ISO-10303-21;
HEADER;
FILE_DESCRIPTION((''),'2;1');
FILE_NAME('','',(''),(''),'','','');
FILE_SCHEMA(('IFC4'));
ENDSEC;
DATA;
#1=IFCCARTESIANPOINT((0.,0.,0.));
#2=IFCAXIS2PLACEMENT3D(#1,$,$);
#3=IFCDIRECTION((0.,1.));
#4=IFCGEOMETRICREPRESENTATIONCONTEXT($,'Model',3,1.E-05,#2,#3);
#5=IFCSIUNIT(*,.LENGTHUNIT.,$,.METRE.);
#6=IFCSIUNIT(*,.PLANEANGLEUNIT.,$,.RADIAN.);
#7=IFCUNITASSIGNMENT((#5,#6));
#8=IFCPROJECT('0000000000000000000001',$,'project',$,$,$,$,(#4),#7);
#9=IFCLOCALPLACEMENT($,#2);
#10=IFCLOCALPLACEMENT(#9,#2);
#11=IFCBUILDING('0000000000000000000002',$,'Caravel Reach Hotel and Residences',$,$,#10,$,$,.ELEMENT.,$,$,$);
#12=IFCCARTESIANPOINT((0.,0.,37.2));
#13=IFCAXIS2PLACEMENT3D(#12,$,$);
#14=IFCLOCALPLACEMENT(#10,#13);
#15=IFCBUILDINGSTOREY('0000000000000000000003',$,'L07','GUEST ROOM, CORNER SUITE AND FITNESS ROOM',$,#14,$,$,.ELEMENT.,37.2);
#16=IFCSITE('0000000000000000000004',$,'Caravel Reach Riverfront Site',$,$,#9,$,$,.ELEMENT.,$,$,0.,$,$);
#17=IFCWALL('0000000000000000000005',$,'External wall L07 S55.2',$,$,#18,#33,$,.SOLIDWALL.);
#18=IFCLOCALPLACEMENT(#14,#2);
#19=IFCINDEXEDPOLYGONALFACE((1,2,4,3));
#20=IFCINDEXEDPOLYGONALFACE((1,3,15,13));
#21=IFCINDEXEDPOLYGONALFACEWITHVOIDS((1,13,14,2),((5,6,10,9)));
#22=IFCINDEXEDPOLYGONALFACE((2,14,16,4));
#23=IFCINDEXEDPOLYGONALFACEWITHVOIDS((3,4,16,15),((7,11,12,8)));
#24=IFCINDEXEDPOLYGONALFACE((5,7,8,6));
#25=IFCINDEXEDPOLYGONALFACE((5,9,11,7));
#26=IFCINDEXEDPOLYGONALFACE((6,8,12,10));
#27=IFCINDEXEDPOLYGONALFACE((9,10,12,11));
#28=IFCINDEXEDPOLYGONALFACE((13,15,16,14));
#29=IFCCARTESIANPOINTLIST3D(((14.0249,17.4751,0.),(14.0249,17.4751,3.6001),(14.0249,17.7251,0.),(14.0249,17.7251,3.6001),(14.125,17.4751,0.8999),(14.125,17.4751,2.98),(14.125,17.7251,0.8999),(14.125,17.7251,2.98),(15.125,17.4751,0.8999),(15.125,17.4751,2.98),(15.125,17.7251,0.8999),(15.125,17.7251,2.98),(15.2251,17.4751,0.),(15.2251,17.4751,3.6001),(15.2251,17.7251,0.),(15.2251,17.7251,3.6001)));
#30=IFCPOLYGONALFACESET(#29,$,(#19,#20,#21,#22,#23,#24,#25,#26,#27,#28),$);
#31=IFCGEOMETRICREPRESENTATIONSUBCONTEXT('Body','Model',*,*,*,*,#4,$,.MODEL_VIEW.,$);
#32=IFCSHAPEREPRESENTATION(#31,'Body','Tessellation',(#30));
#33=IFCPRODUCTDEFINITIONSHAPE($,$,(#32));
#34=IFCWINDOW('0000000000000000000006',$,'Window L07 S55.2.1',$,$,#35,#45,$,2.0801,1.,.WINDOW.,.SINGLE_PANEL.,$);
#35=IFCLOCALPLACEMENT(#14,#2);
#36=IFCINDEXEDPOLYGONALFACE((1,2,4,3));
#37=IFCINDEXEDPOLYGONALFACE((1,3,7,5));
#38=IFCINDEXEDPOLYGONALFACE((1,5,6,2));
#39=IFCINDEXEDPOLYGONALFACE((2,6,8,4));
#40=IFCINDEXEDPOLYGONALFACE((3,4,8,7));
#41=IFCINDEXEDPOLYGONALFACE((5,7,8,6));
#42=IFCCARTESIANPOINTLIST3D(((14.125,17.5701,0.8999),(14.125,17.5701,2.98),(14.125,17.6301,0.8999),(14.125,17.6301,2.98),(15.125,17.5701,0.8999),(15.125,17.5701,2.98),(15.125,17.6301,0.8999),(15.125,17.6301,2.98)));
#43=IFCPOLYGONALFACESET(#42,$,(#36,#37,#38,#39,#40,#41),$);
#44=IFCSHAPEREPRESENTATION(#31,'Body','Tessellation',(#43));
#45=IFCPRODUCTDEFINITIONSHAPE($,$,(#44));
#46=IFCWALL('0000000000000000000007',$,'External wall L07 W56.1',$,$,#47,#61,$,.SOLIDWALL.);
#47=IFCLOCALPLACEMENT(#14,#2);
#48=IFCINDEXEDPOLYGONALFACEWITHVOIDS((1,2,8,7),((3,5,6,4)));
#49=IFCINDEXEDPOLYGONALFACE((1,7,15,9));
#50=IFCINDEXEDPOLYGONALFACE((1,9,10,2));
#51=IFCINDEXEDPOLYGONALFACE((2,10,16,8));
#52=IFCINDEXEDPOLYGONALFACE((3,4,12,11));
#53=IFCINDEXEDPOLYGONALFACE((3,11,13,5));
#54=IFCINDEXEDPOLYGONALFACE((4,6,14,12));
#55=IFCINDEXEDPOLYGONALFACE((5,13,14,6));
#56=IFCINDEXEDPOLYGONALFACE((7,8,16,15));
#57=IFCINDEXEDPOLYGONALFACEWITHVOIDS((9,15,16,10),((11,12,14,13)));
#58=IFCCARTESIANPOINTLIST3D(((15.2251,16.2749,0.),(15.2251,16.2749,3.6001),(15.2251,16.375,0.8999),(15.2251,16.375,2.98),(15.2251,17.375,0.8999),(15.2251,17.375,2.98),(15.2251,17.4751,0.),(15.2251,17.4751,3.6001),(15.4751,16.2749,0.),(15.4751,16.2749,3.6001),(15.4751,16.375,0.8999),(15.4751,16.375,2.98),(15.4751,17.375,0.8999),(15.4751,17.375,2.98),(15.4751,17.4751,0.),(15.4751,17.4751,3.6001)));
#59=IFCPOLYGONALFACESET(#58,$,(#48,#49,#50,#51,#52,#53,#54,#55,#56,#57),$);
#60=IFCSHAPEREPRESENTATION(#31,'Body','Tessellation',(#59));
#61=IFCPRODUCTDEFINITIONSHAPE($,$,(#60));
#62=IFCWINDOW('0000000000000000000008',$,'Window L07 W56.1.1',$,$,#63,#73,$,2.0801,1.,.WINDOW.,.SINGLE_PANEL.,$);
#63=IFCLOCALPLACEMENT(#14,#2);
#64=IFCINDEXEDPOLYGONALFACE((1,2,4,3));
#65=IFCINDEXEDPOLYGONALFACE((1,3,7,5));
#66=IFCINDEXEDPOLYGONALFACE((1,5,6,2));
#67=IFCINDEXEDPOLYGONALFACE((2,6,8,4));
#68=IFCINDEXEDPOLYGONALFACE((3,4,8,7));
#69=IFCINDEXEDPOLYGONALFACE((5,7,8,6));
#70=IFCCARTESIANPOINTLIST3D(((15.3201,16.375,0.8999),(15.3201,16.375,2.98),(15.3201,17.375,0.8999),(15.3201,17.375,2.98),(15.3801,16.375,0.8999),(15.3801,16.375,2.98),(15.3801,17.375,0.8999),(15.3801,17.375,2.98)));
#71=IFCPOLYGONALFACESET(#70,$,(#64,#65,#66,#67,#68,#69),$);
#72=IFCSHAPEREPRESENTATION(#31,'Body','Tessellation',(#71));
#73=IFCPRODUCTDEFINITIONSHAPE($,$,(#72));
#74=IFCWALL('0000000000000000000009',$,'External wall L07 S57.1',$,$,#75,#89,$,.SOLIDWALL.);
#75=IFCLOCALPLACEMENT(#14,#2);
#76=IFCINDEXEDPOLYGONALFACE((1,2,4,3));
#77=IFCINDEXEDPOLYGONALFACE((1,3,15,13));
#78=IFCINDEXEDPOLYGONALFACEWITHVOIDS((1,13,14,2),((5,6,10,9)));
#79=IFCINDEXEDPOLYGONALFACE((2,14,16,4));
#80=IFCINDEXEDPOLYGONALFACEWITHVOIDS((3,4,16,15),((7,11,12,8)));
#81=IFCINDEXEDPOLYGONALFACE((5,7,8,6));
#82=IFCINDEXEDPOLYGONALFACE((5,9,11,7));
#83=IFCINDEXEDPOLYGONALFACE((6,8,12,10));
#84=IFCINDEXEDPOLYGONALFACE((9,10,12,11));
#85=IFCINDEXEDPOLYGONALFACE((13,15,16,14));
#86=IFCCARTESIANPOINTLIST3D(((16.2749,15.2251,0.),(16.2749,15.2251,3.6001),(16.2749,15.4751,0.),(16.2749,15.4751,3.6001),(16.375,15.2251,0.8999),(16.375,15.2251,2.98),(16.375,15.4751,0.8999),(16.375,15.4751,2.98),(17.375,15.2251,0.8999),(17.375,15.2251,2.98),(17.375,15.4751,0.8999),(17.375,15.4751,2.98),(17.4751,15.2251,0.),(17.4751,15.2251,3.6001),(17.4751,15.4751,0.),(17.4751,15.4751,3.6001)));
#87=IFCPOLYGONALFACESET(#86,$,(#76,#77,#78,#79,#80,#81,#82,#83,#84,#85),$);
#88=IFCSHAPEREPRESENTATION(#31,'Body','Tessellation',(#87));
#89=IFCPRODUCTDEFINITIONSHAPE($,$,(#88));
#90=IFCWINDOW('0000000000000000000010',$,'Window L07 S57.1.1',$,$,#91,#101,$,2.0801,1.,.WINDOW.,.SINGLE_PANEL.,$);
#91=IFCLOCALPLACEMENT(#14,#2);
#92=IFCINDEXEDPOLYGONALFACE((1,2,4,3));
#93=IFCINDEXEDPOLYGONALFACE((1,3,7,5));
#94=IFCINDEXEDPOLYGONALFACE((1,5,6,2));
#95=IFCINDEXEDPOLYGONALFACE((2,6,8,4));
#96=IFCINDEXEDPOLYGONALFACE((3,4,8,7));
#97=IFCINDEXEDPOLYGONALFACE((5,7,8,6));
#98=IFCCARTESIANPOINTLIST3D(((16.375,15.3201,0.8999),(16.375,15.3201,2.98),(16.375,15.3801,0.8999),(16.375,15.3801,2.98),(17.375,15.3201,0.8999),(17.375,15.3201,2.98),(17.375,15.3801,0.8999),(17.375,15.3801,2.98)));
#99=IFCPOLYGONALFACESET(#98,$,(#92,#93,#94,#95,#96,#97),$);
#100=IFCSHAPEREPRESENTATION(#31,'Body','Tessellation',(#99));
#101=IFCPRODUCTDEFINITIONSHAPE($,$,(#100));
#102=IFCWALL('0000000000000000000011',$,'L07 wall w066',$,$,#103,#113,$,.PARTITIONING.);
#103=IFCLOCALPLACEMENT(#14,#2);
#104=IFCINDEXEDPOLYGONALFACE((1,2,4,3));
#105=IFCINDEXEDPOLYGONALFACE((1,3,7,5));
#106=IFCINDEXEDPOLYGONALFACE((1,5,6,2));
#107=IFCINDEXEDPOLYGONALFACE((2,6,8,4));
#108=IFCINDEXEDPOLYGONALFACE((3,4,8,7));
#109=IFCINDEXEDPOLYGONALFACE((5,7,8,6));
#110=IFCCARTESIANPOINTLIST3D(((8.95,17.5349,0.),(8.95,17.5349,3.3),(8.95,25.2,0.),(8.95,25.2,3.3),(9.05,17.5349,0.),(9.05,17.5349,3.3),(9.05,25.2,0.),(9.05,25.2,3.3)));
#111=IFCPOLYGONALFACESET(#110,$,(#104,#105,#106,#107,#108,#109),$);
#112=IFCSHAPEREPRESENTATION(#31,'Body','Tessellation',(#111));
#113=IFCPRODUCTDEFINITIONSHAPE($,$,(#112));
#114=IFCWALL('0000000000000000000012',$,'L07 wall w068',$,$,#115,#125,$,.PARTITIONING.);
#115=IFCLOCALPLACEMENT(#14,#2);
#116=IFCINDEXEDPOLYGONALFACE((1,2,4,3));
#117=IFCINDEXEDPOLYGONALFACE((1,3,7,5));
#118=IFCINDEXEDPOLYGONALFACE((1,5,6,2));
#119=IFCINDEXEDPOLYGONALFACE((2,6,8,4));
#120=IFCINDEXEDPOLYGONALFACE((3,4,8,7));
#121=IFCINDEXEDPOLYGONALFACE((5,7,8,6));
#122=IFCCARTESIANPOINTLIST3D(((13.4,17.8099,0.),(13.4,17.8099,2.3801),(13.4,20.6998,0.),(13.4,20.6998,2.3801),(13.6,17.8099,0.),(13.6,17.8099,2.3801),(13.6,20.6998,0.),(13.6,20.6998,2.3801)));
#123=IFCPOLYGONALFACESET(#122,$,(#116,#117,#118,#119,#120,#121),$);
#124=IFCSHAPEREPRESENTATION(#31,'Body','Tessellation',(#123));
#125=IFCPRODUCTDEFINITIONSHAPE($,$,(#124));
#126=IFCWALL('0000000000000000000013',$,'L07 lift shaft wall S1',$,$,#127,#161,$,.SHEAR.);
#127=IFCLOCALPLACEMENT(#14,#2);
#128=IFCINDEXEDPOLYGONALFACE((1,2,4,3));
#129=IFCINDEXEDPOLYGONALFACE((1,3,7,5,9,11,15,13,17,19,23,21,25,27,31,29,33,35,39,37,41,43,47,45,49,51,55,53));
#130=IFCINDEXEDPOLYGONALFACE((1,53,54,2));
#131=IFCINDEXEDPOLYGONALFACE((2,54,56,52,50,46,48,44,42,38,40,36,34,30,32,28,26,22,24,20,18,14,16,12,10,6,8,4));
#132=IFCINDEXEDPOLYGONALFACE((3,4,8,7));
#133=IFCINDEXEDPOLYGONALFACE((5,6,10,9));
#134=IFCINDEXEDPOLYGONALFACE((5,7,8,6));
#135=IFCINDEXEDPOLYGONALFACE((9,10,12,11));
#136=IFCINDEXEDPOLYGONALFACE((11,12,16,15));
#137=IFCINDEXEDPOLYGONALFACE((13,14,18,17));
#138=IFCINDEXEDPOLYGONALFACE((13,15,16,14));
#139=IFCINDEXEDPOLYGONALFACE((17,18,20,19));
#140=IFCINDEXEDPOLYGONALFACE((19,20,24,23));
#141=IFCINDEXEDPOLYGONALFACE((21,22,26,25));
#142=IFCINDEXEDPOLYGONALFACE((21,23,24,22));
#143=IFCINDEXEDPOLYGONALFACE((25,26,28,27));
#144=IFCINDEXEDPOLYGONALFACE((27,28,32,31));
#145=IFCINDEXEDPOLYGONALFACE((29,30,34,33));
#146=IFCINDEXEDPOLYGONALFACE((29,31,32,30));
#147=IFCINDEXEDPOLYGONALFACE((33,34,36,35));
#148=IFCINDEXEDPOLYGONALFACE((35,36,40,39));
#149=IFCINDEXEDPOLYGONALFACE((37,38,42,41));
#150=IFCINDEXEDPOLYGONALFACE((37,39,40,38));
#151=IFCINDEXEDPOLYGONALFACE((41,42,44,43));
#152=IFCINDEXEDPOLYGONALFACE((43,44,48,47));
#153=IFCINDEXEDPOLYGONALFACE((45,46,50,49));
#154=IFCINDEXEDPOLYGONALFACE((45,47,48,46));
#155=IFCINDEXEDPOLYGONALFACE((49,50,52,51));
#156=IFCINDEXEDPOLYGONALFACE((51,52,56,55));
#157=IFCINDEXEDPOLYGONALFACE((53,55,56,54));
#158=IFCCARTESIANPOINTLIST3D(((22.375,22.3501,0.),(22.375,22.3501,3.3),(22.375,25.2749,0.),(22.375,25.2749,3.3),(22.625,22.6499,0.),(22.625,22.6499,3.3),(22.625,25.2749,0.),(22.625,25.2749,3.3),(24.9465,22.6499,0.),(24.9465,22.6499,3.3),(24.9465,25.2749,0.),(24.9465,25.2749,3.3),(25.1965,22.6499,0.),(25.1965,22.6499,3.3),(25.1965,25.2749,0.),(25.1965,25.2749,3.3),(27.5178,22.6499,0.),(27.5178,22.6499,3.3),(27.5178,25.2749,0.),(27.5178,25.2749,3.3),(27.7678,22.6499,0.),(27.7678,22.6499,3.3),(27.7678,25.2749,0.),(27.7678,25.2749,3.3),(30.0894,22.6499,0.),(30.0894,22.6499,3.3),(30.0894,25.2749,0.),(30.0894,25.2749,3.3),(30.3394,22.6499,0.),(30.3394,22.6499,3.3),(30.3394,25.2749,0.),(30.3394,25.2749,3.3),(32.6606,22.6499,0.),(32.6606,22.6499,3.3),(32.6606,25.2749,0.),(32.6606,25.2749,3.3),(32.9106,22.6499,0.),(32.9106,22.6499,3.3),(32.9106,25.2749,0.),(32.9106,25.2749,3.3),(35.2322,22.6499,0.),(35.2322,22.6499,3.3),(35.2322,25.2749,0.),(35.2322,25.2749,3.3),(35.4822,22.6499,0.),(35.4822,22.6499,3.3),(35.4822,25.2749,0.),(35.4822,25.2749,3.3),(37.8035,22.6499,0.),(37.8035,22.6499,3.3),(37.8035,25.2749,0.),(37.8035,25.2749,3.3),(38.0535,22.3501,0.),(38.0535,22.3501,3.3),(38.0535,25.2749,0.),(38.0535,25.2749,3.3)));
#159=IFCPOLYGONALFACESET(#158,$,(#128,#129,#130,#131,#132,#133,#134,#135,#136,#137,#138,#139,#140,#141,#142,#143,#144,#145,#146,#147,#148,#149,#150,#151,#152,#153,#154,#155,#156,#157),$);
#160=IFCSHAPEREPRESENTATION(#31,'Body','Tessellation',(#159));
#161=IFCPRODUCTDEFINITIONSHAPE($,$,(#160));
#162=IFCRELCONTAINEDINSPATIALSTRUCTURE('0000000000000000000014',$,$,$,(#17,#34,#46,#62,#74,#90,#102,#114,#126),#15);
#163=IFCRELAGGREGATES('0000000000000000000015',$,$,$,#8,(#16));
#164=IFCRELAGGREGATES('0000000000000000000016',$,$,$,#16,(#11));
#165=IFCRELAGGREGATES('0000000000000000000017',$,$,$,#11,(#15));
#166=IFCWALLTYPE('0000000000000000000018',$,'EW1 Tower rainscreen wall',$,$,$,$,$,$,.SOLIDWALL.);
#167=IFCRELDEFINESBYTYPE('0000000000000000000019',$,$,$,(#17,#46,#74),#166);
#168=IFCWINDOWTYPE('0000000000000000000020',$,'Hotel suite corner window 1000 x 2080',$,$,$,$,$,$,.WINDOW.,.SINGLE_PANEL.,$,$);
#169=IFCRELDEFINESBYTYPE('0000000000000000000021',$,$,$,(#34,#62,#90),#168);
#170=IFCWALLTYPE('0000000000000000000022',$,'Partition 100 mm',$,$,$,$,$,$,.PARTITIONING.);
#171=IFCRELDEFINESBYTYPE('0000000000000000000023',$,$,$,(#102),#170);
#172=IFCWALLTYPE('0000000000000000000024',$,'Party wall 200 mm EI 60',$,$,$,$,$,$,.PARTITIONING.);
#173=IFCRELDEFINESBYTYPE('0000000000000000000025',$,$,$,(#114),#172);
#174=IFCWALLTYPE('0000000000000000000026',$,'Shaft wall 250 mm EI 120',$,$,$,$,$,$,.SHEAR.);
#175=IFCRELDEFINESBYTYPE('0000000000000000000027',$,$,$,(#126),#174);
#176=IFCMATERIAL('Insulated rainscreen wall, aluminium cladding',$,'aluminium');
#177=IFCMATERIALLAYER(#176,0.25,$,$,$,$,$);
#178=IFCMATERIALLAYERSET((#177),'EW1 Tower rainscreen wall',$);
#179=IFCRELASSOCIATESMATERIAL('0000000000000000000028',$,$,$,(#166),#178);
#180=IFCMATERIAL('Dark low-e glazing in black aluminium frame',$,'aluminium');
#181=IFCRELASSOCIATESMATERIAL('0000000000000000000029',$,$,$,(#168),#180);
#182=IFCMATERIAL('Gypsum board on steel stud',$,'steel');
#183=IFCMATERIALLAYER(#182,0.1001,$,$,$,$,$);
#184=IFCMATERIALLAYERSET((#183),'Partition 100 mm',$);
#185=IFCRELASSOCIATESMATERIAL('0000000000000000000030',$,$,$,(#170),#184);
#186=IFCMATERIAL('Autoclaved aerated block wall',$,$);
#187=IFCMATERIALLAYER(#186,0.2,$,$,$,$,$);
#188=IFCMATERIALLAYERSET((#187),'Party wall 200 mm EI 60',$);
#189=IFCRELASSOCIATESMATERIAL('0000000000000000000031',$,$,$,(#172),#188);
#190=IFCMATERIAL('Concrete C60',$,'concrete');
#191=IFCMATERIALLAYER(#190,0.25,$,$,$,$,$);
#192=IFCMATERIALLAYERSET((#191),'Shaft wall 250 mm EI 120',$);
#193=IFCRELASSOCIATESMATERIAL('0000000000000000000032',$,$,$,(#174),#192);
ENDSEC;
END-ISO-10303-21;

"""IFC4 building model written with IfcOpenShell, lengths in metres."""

from ifc_helpers import new_model, si_unit, direction, frame, frame_2d, origin, place, context, subcontext, project, spatial, polyline, rectangle, outline, extrude, material, layer, layer_set, type_object, element, fill, save


model = new_model("IFC4")

# Units and contexts
model_context = context("Model", 3, precision=1e-05, world=origin(), true_north=direction((0.0, 1.0)))
body_context = subcontext(model_context, "Body", "Model", "MODEL_VIEW")
ifc_project = project(units=[si_unit("LENGTHUNIT", "METRE"), si_unit("PLANEANGLEUNIT", "RADIAN")], contexts=[model_context])

# Site, building, storey
site_placement = place(None, origin())
site = spatial("IfcSite", under=ifc_project, at=site_placement, Name="Caravel Reach Riverfront Site", CompositionType="ELEMENT", RefElevation=0.0)
building_placement = place(site_placement, origin())
building = spatial("IfcBuilding", under=site, at=building_placement, Name="Caravel Reach Hotel and Residences", CompositionType="ELEMENT")
storey_placement = place(building_placement, frame((0.0, 0.0, 37.2)))
storey = spatial("IfcBuildingStorey", under=building, at=storey_placement, Name="L07", Description="GUEST ROOM, CORNER SUITE AND FITNESS ROOM", CompositionType="ELEMENT", Elevation=37.2)

# Shared definitions
ifc_material_1 = material(Name="Insulated rainscreen wall, aluminium cladding", Category="aluminium")
ifc_layer_1 = layer(ifc_material_1, 0.25)
ifc_layer_set_1 = layer_set([ifc_layer_1], Name="EW1 Tower rainscreen wall")
wall_type_1 = type_object("IfcWallType", Name="EW1 Tower rainscreen wall", PredefinedType="SOLIDWALL", material=ifc_layer_set_1)

# Walls, openings, windows
wall_1_placement = place(storey_placement, frame((14.0249, 17.6001, 0.0), z_axis=(0.0, 0.0, 1.0), x_axis=(1.0, 0.0, 0.0)))
wall_1 = element("IfcWall", 1, at=wall_1_placement, inside=storey, type_object=wall_type_1, Name="External wall L07 S55.2", PredefinedType="SOLIDWALL", context=body_context, shape_type="SweptSolid", body=[
    extrude(rectangle(XDim=1.2002, YDim=0.25, at=frame_2d((0.6001, 0.0))), origin(), (0.0, 0.0, 1.0), 3.6001),
])
opening_1_placement = place(wall_1_placement, frame((0.1001, 0.0, 0.8999)))
opening_1 = element("IfcOpeningElement", 2, at=opening_1_placement, cuts=wall_1, PredefinedType="OPENING", context=body_context, shape_type="SweptSolid", body=[
    extrude(rectangle(XDim=1.0, YDim=2.0801, at=frame_2d((0.5, 1.04))), frame((0.0, 0.135, 0.0), z_axis=(0.0, -1.0, 0.0), x_axis=(1.0, 0.0, 0.0)), (0.0, 0.0, 1.0), 0.27),
])
ifc_material_2 = material(Name="Dark low-e glazing in black aluminium frame", Category="aluminium")
window_type_1 = type_object("IfcWindowType", Name="Hotel suite corner window 1000 x 2080", PartitioningType="SINGLE_PANEL", PredefinedType="WINDOW", material=ifc_material_2)
window_1_placement = place(opening_1_placement, origin())
window_1 = element("IfcWindow", 3, at=window_1_placement, inside=storey, type_object=window_type_1, Name="Window L07 S55.2.1", OverallHeight=2.0801, OverallWidth=1.0, PartitioningType="SINGLE_PANEL", PredefinedType="WINDOW", context=body_context, shape_type="SweptSolid", body=[
    extrude(rectangle(XDim=1.0, YDim=2.0801, at=frame_2d((0.5, 1.04))), frame((0.0, 0.03, 0.0), z_axis=(0.0, -1.0, 0.0), x_axis=(1.0, 0.0, 0.0)), (0.0, 0.0, 1.0), 0.0601),
])
fill(opening_1, window_1)
wall_2_placement = place(storey_placement, frame((15.3501, 17.4751, 0.0), z_axis=(0.0, 0.0, 1.0), x_axis=(0.0, -1.0, 0.0)))
wall_2 = element("IfcWall", 4, at=wall_2_placement, inside=storey, type_object=wall_type_1, Name="External wall L07 W56.1", PredefinedType="SOLIDWALL", context=body_context, shape_type="SweptSolid", body=[
    extrude(rectangle(XDim=1.2002, YDim=0.25, at=frame_2d((0.6001, 0.0))), origin(), (0.0, 0.0, 1.0), 3.6001),
])
opening_2_placement = place(wall_2_placement, frame((0.1001, 0.0, 0.8999)))
opening_2 = element("IfcOpeningElement", 5, at=opening_2_placement, cuts=wall_2, PredefinedType="OPENING", context=body_context, shape_type="SweptSolid", body=[
    extrude(rectangle(XDim=1.0, YDim=2.0801, at=frame_2d((0.5, 1.04))), frame((0.0, 0.135, 0.0), z_axis=(0.0, -1.0, 0.0), x_axis=(1.0, 0.0, 0.0)), (0.0, 0.0, 1.0), 0.27),
])
window_2_placement = place(opening_2_placement, origin())
window_2 = element("IfcWindow", 6, at=window_2_placement, inside=storey, type_object=window_type_1, Name="Window L07 W56.1.1", OverallHeight=2.0801, OverallWidth=1.0, PartitioningType="SINGLE_PANEL", PredefinedType="WINDOW", context=body_context, shape_type="SweptSolid", body=[
    extrude(rectangle(XDim=1.0, YDim=2.0801, at=frame_2d((0.5, 1.04))), frame((0.0, 0.03, 0.0), z_axis=(0.0, -1.0, 0.0), x_axis=(1.0, 0.0, 0.0)), (0.0, 0.0, 1.0), 0.0601),
])
fill(opening_2, window_2)
wall_3_placement = place(storey_placement, frame((16.2749, 15.3501, 0.0), z_axis=(0.0, 0.0, 1.0), x_axis=(1.0, 0.0, 0.0)))
wall_3 = element("IfcWall", 7, at=wall_3_placement, inside=storey, type_object=wall_type_1, Name="External wall L07 S57.1", PredefinedType="SOLIDWALL", context=body_context, shape_type="SweptSolid", body=[
    extrude(rectangle(XDim=1.2002, YDim=0.25, at=frame_2d((0.6001, 0.0))), origin(), (0.0, 0.0, 1.0), 3.6001),
])
opening_3_placement = place(wall_3_placement, frame((0.1001, 0.0, 0.8999)))
opening_3 = element("IfcOpeningElement", 8, at=opening_3_placement, cuts=wall_3, PredefinedType="OPENING", context=body_context, shape_type="SweptSolid", body=[
    extrude(rectangle(XDim=1.0, YDim=2.0801, at=frame_2d((0.5, 1.04))), frame((0.0, 0.135, 0.0), z_axis=(0.0, -1.0, 0.0), x_axis=(1.0, 0.0, 0.0)), (0.0, 0.0, 1.0), 0.27),
])
window_3_placement = place(opening_3_placement, origin())
window_3 = element("IfcWindow", 9, at=window_3_placement, inside=storey, type_object=window_type_1, Name="Window L07 S57.1.1", OverallHeight=2.0801, OverallWidth=1.0, PartitioningType="SINGLE_PANEL", PredefinedType="WINDOW", context=body_context, shape_type="SweptSolid", body=[
    extrude(rectangle(XDim=1.0, YDim=2.0801, at=frame_2d((0.5, 1.04))), frame((0.0, 0.03, 0.0), z_axis=(0.0, -1.0, 0.0), x_axis=(1.0, 0.0, 0.0)), (0.0, 0.0, 1.0), 0.0601),
])
fill(opening_3, window_3)

# Walls
ifc_material_3 = material(Name="Gypsum board on steel stud", Category="steel")
ifc_layer_2 = layer(ifc_material_3, 0.1001)
ifc_layer_set_2 = layer_set([ifc_layer_2], Name="Partition 100 mm")
wall_type_2 = type_object("IfcWallType", Name="Partition 100 mm", PredefinedType="PARTITIONING", material=ifc_layer_set_2)
wall_4_placement = place(storey_placement, frame((9.0, 17.5349, 0.0), z_axis=(0.0, 0.0, 1.0), x_axis=(0.0, 1.0, 0.0)))
element("IfcWall", 10, at=wall_4_placement, inside=storey, type_object=wall_type_2, Name="L07 wall w066", PredefinedType="PARTITIONING", context=body_context, shape_type="SweptSolid", body=[
    extrude(rectangle(XDim=7.665, YDim=0.1001, at=frame_2d((3.8325, 0.0))), origin(), (0.0, 0.0, 1.0), 3.3),
])
ifc_material_4 = material(Name="Autoclaved aerated block wall")
ifc_layer_3 = layer(ifc_material_4, 0.2)
ifc_layer_set_3 = layer_set([ifc_layer_3], Name="Party wall 200 mm EI 60")
wall_type_3 = type_object("IfcWallType", Name="Party wall 200 mm EI 60", PredefinedType="PARTITIONING", material=ifc_layer_set_3)
wall_5_placement = place(storey_placement, frame((13.5, 17.8101, 0.0), z_axis=(0.0, 0.0, 1.0), x_axis=(0.0, 1.0, 0.0)))
element("IfcWall", 11, at=wall_5_placement, inside=storey, type_object=wall_type_3, Name="L07 wall w068", PredefinedType="PARTITIONING", context=body_context, shape_type="SweptSolid", body=[
    extrude(rectangle(XDim=2.8899, YDim=0.2, at=frame_2d((1.4448, 0.0))), origin(), (0.0, 0.0, 1.0), 2.3801),
])
ifc_material_5 = material(Name="Concrete C60", Category="concrete")
ifc_layer_4 = layer(ifc_material_5, 0.25)
ifc_layer_set_4 = layer_set([ifc_layer_4], Name="Shaft wall 250 mm EI 120")
wall_type_4 = type_object("IfcWallType", Name="Shaft wall 250 mm EI 120", PredefinedType="SHEAR", material=ifc_layer_set_4)
wall_6_placement = place(storey_placement, origin())
element("IfcWall", 12, at=wall_6_placement, inside=storey, type_object=wall_type_4, Name="L07 lift shaft wall S1", PredefinedType="SHEAR", context=body_context, shape_type="SweptSolid", body=[
    extrude(outline(polyline([(22.375, 22.3501), (38.0535, 22.3501), (38.0535, 25.2749), (37.8035, 25.2749), (37.8035, 22.6499), (35.4822, 22.6499), (35.4822, 25.2749), (35.2322, 25.2749), (35.2322, 22.6499), (32.9106, 22.6499), (32.9106, 25.2749), (32.6606, 25.2749), (32.6606, 22.6499), (30.3394, 22.6499), (30.3394, 25.2749), (30.0894, 25.2749), (30.0894, 22.6499), (27.7678, 22.6499), (27.7678, 25.2749), (27.5178, 25.2749), (27.5178, 22.6499), (25.1965, 22.6499), (25.1965, 25.2749), (24.9465, 25.2749), (24.9465, 22.6499), (22.625, 22.6499), (22.625, 25.2749), (22.375, 25.2749), (22.375, 22.3501)])), origin(), (0.0, 0.0, 1.0), 3.3),
])

save(model, "model.ifc")
